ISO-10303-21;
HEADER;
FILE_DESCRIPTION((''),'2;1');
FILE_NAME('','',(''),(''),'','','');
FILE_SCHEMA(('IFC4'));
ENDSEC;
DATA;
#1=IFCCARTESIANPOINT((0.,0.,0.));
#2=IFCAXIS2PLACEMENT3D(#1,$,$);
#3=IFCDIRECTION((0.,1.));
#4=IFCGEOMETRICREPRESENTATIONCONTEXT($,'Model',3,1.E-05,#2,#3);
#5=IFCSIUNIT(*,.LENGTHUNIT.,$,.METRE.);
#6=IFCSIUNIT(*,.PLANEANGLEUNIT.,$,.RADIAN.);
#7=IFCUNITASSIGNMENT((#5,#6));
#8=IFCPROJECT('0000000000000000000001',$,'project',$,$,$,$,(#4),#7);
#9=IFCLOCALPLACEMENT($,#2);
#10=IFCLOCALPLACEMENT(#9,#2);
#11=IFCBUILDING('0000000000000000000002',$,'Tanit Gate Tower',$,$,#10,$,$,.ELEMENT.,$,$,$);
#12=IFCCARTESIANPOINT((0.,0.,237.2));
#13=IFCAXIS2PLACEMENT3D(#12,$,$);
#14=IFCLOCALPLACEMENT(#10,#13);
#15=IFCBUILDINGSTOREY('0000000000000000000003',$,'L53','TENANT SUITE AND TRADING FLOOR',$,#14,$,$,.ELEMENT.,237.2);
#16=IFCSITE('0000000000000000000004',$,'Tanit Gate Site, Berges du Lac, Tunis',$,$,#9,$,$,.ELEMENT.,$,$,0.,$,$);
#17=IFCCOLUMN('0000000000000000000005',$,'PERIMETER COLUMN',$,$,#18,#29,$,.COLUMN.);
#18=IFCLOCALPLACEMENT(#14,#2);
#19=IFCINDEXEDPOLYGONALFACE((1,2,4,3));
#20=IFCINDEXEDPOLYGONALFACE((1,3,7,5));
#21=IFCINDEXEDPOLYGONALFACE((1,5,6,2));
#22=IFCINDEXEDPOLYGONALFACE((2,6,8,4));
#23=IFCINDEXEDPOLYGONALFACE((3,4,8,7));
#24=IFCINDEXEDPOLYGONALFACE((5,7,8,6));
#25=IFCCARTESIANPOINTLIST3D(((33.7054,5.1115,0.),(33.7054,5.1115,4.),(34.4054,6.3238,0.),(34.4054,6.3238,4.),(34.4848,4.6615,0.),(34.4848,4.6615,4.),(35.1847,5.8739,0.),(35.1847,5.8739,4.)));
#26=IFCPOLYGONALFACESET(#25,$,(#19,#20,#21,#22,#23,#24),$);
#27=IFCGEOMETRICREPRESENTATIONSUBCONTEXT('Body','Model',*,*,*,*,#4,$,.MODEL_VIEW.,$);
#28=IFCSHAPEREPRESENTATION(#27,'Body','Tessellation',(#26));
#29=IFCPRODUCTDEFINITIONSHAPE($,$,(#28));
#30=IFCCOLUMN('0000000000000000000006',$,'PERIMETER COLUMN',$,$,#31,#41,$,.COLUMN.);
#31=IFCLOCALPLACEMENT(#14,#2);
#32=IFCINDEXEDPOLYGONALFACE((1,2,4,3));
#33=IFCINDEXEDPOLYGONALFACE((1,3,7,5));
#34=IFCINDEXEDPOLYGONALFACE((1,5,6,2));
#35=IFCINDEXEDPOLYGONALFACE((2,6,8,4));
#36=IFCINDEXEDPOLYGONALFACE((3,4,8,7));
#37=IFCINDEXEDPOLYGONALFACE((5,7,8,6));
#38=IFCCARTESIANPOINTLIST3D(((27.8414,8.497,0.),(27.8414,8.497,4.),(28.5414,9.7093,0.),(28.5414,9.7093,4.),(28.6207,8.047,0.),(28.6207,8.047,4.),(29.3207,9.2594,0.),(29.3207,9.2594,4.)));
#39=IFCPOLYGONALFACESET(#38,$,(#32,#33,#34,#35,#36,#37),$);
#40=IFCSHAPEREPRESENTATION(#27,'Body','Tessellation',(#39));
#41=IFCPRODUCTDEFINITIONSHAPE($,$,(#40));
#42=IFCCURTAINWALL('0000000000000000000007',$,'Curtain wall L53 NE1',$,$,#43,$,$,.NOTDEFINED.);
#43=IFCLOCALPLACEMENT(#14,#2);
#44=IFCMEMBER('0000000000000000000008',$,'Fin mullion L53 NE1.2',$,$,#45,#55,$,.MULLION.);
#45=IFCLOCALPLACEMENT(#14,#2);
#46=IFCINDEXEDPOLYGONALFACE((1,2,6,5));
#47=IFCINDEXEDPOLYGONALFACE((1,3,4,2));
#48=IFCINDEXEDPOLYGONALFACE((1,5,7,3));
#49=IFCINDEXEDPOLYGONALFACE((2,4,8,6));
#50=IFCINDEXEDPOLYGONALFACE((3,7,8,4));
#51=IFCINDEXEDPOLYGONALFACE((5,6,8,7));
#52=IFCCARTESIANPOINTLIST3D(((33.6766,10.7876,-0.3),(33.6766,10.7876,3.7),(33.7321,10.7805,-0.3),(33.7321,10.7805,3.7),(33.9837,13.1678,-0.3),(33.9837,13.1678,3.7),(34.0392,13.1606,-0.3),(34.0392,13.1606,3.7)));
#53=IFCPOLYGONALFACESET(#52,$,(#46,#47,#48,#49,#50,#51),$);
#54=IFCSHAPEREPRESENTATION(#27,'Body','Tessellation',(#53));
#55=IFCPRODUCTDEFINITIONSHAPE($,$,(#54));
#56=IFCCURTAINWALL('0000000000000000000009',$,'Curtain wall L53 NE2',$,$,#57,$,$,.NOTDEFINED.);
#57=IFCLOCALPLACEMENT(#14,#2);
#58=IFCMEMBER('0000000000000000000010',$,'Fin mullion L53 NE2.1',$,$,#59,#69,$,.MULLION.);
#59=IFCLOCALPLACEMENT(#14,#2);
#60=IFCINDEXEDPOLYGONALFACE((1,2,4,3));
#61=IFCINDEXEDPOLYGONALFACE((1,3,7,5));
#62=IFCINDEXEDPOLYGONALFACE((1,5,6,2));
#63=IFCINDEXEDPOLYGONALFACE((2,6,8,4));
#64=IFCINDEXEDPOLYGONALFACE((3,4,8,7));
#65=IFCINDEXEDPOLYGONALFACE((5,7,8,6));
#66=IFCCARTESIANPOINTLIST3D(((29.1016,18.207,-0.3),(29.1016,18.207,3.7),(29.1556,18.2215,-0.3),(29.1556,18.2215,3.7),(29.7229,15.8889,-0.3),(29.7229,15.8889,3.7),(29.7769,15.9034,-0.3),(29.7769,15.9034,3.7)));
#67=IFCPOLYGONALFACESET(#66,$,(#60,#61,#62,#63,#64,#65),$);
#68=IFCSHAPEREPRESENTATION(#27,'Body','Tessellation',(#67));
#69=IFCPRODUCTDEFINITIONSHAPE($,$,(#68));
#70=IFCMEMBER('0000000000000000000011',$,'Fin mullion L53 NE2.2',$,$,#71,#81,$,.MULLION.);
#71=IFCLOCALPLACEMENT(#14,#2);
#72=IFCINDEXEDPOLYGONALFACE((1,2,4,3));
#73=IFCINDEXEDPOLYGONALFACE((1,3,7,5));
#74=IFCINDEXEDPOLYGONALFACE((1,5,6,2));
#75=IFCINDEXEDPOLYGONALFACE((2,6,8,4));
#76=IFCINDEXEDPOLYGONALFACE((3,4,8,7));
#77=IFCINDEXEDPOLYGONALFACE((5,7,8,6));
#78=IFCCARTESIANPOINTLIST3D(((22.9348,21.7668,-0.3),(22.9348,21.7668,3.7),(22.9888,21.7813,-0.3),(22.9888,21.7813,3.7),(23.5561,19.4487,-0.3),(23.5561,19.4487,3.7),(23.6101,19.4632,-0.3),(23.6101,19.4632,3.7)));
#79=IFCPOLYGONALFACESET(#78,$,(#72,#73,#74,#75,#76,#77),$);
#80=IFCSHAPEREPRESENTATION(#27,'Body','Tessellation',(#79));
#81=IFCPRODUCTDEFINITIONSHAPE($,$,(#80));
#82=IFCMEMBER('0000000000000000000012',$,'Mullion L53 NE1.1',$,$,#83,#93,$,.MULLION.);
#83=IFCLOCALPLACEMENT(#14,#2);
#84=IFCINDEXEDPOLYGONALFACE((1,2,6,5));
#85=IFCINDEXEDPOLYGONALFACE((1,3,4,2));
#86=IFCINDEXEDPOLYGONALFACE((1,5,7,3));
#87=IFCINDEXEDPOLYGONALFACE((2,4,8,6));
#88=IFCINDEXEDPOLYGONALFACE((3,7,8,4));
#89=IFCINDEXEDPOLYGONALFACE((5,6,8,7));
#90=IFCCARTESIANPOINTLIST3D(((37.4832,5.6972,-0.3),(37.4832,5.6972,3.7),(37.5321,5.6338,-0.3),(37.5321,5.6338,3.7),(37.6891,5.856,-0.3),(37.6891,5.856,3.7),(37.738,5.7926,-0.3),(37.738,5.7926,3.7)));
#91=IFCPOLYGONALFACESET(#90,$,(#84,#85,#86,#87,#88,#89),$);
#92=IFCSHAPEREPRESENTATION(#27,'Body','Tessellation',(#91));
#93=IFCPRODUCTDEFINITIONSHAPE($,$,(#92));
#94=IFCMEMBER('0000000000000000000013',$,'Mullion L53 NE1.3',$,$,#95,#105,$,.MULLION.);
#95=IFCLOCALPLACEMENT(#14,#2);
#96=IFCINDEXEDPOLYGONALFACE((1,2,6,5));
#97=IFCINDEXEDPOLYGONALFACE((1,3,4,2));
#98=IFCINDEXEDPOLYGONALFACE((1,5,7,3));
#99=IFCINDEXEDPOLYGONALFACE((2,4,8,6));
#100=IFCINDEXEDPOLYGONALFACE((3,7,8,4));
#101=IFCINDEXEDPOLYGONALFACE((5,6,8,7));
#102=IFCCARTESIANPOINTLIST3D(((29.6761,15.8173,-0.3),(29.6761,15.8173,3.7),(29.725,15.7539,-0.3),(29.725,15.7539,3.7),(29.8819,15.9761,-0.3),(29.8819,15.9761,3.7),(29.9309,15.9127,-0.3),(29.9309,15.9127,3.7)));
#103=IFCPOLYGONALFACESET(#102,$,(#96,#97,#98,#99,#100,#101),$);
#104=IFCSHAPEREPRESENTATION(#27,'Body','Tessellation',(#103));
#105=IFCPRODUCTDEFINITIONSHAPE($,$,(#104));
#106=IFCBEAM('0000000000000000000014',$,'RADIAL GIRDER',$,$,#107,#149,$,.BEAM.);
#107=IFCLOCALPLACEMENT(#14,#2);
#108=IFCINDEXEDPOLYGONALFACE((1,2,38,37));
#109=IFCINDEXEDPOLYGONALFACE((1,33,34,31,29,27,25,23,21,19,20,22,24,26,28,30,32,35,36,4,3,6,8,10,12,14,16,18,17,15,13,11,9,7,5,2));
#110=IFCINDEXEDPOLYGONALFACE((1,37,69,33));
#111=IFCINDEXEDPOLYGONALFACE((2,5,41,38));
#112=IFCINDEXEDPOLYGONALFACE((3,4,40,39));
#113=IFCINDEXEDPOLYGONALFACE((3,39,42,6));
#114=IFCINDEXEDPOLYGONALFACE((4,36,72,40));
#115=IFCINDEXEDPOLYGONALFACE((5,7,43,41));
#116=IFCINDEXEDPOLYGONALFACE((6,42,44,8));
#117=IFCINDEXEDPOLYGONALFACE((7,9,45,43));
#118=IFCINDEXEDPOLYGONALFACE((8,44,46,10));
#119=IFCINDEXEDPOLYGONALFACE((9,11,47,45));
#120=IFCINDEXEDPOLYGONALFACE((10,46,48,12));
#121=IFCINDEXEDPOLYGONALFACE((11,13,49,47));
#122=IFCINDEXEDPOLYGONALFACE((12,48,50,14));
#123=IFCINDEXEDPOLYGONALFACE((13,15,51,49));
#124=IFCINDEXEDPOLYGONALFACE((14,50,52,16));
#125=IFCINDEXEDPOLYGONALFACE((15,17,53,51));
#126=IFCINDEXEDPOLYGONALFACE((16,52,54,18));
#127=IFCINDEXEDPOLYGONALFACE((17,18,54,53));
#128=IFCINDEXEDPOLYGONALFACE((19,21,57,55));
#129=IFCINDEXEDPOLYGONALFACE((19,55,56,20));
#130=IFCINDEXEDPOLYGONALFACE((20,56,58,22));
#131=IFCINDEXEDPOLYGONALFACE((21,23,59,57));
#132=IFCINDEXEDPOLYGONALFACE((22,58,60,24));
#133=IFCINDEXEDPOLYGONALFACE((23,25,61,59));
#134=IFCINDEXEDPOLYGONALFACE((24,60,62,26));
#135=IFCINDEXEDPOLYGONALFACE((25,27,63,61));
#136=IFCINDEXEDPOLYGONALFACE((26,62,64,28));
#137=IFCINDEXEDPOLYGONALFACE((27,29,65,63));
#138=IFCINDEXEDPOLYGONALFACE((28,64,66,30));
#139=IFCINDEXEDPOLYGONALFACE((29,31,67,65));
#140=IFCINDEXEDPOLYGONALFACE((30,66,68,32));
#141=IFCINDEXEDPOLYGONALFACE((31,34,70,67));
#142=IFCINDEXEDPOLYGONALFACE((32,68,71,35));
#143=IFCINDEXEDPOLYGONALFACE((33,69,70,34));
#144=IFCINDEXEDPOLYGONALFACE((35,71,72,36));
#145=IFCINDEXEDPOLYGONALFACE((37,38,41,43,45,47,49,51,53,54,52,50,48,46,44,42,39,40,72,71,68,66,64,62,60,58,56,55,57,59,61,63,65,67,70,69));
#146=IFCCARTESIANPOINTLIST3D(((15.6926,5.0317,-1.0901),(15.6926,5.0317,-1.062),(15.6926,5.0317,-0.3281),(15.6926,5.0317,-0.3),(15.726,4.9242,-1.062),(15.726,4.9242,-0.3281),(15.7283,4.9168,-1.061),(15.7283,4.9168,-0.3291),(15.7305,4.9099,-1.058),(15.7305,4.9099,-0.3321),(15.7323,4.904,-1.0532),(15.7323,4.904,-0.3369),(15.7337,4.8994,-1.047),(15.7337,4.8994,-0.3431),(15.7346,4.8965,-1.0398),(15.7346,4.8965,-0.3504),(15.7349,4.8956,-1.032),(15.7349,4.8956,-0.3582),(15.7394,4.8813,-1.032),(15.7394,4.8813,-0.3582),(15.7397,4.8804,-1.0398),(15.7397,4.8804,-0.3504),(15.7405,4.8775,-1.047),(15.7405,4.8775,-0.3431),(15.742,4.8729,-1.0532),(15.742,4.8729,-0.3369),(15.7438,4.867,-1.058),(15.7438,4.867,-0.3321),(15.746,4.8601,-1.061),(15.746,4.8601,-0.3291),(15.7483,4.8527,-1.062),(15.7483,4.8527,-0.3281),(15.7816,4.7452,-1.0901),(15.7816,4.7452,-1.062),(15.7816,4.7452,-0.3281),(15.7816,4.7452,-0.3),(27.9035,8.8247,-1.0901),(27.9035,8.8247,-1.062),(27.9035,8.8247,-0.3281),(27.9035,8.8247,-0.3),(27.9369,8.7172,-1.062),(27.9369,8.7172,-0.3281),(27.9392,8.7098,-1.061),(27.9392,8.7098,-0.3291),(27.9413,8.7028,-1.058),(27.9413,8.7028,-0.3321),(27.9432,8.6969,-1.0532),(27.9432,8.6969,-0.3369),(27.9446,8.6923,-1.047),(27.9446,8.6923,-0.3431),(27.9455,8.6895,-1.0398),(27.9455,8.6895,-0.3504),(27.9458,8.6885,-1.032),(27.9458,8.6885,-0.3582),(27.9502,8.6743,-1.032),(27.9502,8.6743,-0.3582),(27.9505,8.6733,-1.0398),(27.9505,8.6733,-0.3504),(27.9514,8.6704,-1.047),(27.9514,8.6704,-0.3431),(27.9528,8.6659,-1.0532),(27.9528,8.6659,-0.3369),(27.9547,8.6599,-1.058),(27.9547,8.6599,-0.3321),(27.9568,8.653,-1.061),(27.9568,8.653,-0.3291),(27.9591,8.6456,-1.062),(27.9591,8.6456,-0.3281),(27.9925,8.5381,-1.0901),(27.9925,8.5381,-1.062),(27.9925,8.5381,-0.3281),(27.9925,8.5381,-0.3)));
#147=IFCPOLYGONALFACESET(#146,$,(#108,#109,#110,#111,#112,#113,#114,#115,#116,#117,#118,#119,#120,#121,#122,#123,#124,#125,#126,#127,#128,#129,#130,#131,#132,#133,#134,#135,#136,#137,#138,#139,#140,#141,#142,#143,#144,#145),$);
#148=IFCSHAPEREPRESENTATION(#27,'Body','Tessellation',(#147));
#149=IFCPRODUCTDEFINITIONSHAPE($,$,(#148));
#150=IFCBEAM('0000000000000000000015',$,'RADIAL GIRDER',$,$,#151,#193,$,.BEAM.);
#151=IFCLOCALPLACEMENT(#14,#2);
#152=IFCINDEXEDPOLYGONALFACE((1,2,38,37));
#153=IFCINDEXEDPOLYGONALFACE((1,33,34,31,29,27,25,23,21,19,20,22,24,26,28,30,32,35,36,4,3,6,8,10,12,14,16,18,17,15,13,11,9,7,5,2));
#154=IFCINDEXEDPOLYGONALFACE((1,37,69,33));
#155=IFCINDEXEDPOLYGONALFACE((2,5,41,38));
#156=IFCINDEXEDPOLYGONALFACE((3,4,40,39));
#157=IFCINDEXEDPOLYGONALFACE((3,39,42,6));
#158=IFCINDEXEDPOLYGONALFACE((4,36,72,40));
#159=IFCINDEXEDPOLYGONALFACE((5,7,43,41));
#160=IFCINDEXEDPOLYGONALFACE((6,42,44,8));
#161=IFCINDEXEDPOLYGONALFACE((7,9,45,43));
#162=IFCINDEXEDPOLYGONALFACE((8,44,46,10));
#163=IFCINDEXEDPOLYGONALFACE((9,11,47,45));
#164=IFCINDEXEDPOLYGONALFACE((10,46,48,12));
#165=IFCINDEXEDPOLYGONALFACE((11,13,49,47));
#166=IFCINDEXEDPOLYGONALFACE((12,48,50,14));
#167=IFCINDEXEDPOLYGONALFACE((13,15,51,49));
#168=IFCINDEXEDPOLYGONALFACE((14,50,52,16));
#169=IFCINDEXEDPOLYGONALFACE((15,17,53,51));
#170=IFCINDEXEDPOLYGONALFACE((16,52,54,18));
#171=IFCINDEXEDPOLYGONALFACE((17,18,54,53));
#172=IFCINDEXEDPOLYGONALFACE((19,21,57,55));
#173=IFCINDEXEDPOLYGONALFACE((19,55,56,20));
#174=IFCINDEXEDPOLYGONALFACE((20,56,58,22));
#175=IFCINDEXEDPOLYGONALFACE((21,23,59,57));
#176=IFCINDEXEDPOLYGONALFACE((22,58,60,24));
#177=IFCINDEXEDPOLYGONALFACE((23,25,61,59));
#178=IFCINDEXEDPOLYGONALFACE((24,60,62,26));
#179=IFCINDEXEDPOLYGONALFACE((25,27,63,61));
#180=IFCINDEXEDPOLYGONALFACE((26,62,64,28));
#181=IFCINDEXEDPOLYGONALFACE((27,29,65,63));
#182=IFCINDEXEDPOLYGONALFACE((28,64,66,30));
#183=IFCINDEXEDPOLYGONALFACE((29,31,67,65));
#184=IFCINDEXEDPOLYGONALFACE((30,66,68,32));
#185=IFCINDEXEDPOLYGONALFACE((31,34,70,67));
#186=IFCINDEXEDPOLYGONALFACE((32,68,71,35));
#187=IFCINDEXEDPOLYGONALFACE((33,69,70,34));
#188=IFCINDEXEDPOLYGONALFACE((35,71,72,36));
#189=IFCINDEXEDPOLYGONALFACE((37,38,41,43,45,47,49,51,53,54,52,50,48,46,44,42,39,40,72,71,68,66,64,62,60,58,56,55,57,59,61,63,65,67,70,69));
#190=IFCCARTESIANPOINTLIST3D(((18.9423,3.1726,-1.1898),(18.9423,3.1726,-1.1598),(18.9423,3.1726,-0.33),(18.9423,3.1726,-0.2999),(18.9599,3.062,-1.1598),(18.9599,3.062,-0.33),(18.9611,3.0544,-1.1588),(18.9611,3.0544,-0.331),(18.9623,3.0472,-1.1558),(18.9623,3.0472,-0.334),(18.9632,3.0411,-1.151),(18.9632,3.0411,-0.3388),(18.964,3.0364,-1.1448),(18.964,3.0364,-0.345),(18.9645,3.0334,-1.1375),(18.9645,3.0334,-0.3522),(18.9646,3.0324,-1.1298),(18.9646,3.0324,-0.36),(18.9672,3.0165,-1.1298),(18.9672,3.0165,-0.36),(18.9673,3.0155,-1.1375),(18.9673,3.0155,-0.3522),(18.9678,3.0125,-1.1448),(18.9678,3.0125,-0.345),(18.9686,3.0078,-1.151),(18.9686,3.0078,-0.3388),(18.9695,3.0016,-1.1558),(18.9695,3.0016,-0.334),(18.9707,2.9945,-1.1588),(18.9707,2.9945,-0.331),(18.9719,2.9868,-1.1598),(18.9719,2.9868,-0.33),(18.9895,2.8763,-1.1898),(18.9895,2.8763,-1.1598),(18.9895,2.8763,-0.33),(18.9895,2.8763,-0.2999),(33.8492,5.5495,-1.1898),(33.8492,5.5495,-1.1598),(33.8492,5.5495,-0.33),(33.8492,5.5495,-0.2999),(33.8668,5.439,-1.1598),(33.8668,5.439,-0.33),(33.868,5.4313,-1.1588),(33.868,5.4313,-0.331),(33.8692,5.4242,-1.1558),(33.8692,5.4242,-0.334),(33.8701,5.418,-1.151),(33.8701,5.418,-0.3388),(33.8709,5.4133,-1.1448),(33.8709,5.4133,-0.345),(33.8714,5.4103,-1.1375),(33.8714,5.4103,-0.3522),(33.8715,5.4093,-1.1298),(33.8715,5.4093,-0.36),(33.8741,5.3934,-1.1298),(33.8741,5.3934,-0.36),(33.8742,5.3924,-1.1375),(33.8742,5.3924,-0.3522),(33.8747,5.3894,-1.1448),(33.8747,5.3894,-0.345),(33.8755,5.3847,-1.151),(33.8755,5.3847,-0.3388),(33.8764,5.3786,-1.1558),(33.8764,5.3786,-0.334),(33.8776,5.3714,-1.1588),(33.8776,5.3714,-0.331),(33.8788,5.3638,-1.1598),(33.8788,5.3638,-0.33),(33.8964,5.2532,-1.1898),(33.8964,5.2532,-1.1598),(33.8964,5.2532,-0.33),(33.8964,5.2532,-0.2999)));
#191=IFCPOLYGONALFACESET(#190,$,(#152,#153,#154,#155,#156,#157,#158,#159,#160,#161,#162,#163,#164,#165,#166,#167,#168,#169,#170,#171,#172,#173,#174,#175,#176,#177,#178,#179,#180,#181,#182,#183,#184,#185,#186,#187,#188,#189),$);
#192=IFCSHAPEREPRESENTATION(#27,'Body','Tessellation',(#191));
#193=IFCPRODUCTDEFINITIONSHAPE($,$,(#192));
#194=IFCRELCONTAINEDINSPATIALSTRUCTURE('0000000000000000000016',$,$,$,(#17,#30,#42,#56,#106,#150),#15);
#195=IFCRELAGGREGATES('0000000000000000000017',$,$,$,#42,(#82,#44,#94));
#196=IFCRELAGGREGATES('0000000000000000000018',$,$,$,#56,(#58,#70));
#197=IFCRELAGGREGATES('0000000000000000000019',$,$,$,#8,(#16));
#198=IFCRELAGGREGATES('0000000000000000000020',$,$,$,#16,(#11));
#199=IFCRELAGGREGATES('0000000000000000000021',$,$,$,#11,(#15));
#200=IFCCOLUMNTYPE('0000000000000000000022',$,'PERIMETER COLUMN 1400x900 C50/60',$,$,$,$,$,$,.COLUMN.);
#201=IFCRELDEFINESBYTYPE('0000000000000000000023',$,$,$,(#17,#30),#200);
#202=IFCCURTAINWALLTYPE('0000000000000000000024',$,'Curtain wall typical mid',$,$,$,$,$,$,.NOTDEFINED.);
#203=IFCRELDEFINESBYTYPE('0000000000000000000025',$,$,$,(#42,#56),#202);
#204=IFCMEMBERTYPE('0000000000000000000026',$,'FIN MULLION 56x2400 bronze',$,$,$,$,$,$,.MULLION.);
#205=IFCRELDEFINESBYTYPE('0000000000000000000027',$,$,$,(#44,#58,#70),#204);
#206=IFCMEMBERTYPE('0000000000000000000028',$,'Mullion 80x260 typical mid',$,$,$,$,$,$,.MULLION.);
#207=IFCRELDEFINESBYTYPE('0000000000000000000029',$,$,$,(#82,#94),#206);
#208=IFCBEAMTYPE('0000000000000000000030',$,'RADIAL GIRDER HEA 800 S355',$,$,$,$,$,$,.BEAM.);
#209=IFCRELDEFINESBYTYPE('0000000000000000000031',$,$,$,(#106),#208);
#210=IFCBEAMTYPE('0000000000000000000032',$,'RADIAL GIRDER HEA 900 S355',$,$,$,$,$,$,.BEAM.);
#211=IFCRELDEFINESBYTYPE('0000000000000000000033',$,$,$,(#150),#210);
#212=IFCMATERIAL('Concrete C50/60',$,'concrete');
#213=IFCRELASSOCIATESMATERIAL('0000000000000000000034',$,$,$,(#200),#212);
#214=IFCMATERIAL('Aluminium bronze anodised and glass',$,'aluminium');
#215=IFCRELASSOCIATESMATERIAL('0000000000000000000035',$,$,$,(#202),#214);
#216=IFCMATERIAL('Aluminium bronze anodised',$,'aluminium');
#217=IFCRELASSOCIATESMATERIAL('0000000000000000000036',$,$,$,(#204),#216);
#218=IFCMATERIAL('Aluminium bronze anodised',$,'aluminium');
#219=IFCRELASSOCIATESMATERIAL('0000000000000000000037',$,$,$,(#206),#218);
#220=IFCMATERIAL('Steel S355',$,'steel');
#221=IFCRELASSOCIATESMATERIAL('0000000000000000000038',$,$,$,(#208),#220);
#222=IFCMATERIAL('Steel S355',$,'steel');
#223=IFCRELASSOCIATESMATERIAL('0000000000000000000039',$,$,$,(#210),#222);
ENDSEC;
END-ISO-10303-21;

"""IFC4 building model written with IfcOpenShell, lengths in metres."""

from ifc_helpers import new_model, si_unit, direction, frame, origin, origin_2d, place, context, subcontext, project, spatial, rectangle, i_section, extrude, material, material_profile, profile_set, type_object, element, aggregate, save


model = new_model("IFC4")

# Units and contexts
model_context = context("Model", 3, precision=1e-05, world=origin(), true_north=direction((0.0, 1.0)))
body_context = subcontext(model_context, "Body", "Model", "MODEL_VIEW")
ifc_project = project(units=[si_unit("LENGTHUNIT", "METRE"), si_unit("PLANEANGLEUNIT", "RADIAN")], contexts=[model_context])

# Site, building, storey
site_placement = place(None, origin())
site = spatial("IfcSite", under=ifc_project, at=site_placement, Name="Tanit Gate Site, Berges du Lac, Tunis", CompositionType="ELEMENT", RefElevation=0.0)
building_placement = place(site_placement, origin())
building = spatial("IfcBuilding", under=site, at=building_placement, Name="Tanit Gate Tower", CompositionType="ELEMENT")
storey_placement = place(building_placement, frame((0.0, 0.0, 237.2)))
storey = spatial("IfcBuildingStorey", under=building, at=storey_placement, Name="L53", Description="TENANT SUITE AND TRADING FLOOR", CompositionType="ELEMENT", Elevation=237.2)

# Columns
ifc_material_1 = material(Name="Concrete C50/60", Category="concrete")
ifc_material_profile_1 = material_profile(ifc_material_1, rectangle(XDim=1.3999, YDim=0.8999, at=origin_2d()), Name="RC 1400x900")
ifc_profile_set_1 = profile_set([ifc_material_profile_1], Name="Concrete C50/60")
column_type = type_object("IfcColumnType", Name="PERIMETER COLUMN 1400x900 C50/60", PredefinedType="COLUMN", material=ifc_profile_set_1)
for number, where, z_axis, x_axis, name in (
    (1, (34.4451, 5.4927, 0.0), (0.0, 0.0, 1.0), (0.5, 0.866025, 0.0), "PERIMETER COLUMN"),
    (2, (28.5811, 8.8782, 0.0), (0.0, 0.0, 1.0), (0.5, 0.866025, 0.0), "PERIMETER COLUMN"),
):
    element("IfcColumn", number, at=place(storey_placement, frame(where, z_axis=z_axis, x_axis=x_axis)), inside=storey, type_object=column_type, Name=name, PredefinedType="COLUMN", context=body_context, shape_type="SweptSolid", body=[
        extrude(rectangle(XDim=1.3999, YDim=0.8999, at=origin_2d()), origin(), (0.0, 0.0, 1.0), 4.0),
    ])

# Curtain wall, member
ifc_material_2 = material(Name="Aluminium bronze anodised and glass", Category="aluminium")
curtain_wall_type = type_object("IfcCurtainWallType", Name="Curtain wall typical mid", PredefinedType="NOTDEFINED", material=ifc_material_2)
curtain_wall_1_placement = place(storey_placement, origin())
curtain_wall_1 = element("IfcCurtainWall", 3, at=curtain_wall_1_placement, inside=storey, type_object=curtain_wall_type, Name="Curtain wall L53 NE1", PredefinedType="NOTDEFINED")
ifc_material_3 = material(Name="Aluminium bronze anodised", Category="aluminium")
ifc_material_profile_2 = material_profile(ifc_material_3, rectangle(XDim=2.3999, YDim=0.0559, at=origin_2d()), Name="56x2400 bronze fin mullion")
ifc_profile_set_2 = profile_set([ifc_material_profile_2], Name="Aluminium bronze anodised")
member_type_1 = type_object("IfcMemberType", Name="FIN MULLION 56x2400 bronze", PredefinedType="MULLION", material=ifc_profile_set_2)
member_1_placement = place(storey_placement, frame((33.8579, 11.9741, -0.3), z_axis=(0.0, 0.0, 1.0), x_axis=(-0.127959, -0.991779, 0.0)))
member_1 = element("IfcMember", 4, at=member_1_placement, type_object=member_type_1, Name="Fin mullion L53 NE1.2", PredefinedType="MULLION", context=body_context, shape_type="SweptSolid", body=[
    extrude(rectangle(XDim=2.3999, YDim=0.0559, at=origin_2d()), origin(), (0.0, 0.0, 1.0), 4.0),
])

# Curtain wall, members
curtain_wall_2_placement = place(storey_placement, origin())
curtain_wall_2 = element("IfcCurtainWall", 5, at=curtain_wall_2_placement, inside=storey, type_object=curtain_wall_type, Name="Curtain wall L53 NE2", PredefinedType="NOTDEFINED")
member_2_placement = place(storey_placement, frame((29.4392, 17.0552, -0.3), z_axis=(0.0, 0.0, 1.0), x_axis=(0.258886, -0.965908, 0.0)))
member_2 = element("IfcMember", 6, at=member_2_placement, type_object=member_type_1, Name="Fin mullion L53 NE2.1", PredefinedType="MULLION", context=body_context, shape_type="SweptSolid", body=[
    extrude(rectangle(XDim=2.3999, YDim=0.0559, at=origin_2d()), origin(), (0.0, 0.0, 1.0), 4.0),
])
member_3_placement = place(storey_placement, frame((23.2725, 20.615, -0.3), z_axis=(0.0, 0.0, 1.0), x_axis=(0.258886, -0.965908, 0.0)))
member_3 = element("IfcMember", 7, at=member_3_placement, type_object=member_type_1, Name="Fin mullion L53 NE2.2", PredefinedType="MULLION", context=body_context, shape_type="SweptSolid", body=[
    extrude(rectangle(XDim=2.3999, YDim=0.0559, at=origin_2d()), origin(), (0.0, 0.0, 1.0), 4.0),
])

# Members
ifc_material_4 = material(Name="Aluminium bronze anodised", Category="aluminium")
ifc_material_profile_3 = material_profile(ifc_material_4, rectangle(XDim=0.26, YDim=0.0801, at=origin_2d()), Name="80x260 bronze mullion")
ifc_profile_set_3 = profile_set([ifc_material_profile_3], Name="Aluminium bronze anodised")
member_type_2 = type_object("IfcMemberType", Name="Mullion 80x260 typical mid", PredefinedType="MULLION", material=ifc_profile_set_3)
member_4_placement = place(storey_placement, frame((37.6106, 5.7449, -0.3), z_axis=(0.0, 0.0, 1.0), x_axis=(-0.791775, -0.610813, 0.0)))
member_4 = element("IfcMember", 8, at=member_4_placement, type_object=member_type_2, Name="Mullion L53 NE1.1", PredefinedType="MULLION", context=body_context, shape_type="SweptSolid", body=[
    extrude(rectangle(XDim=0.26, YDim=0.0801, at=origin_2d()), origin(), (0.0, 0.0, 1.0), 4.0),
])
member_5_placement = place(storey_placement, frame((29.8035, 15.865, -0.3), z_axis=(0.0, 0.0, 1.0), x_axis=(-0.791775, -0.610813, 0.0)))
member_5 = element("IfcMember", 9, at=member_5_placement, type_object=member_type_2, Name="Mullion L53 NE1.3", PredefinedType="MULLION", context=body_context, shape_type="SweptSolid", body=[
    extrude(rectangle(XDim=0.26, YDim=0.0801, at=origin_2d()), origin(), (0.0, 0.0, 1.0), 4.0),
])

# Beams
ifc_material_5 = material(Name="Steel S355", Category="steel")
ifc_material_profile_4 = material_profile(ifc_material_5, i_section(OverallWidth=0.3, OverallDepth=0.79, WebThickness=0.0149, FlangeThickness=0.0281, FilletRadius=0.03, at=origin_2d()), Name="HEA 800")
ifc_profile_set_4 = profile_set([ifc_material_profile_4], Name="Steel S355")
beam_type_1 = type_object("IfcBeamType", Name="RADIAL GIRDER HEA 800 S355", PredefinedType="BEAM", material=ifc_profile_set_4)
beam_1_placement = place(storey_placement, frame((27.948, 8.6814, -0.6951), z_axis=(-0.95499, -0.296639, 0.0), x_axis=(0.296639, -0.95499, 0.0)))
element("IfcBeam", 10, at=beam_1_placement, inside=storey, type_object=beam_type_1, Name="RADIAL GIRDER", PredefinedType="BEAM", context=body_context, shape_type="SweptSolid", body=[
    extrude(i_section(OverallWidth=0.3, OverallDepth=0.79, WebThickness=0.0149, FlangeThickness=0.0281, FilletRadius=0.03, at=origin_2d()), origin(), (0.0, 0.0, 1.0), 12.7864),
])
ifc_material_6 = material(Name="Steel S355", Category="steel")
ifc_material_profile_5 = material_profile(ifc_material_6, i_section(OverallWidth=0.3, OverallDepth=0.8899, WebThickness=0.0161, FlangeThickness=0.03, FilletRadius=0.03, at=origin_2d()), Name="HEA 900")
ifc_profile_set_5 = profile_set([ifc_material_profile_5], Name="Steel S355")
beam_type_2 = type_object("IfcBeamType", Name="RADIAL GIRDER HEA 900 S355", PredefinedType="BEAM", material=ifc_profile_set_5)
beam_2_placement = place(storey_placement, frame((33.8728, 5.4014, -0.7449), z_axis=(-0.987525, -0.157463, 0.0), x_axis=(0.157463, -0.987525, 0.0)))
element("IfcBeam", 11, at=beam_2_placement, inside=storey, type_object=beam_type_2, Name="RADIAL GIRDER", PredefinedType="BEAM", context=body_context, shape_type="SweptSolid", body=[
    extrude(i_section(OverallWidth=0.3, OverallDepth=0.8899, WebThickness=0.0161, FlangeThickness=0.03, FilletRadius=0.03, at=origin_2d()), origin(), (0.0, 0.0, 1.0), 15.0952),
])

aggregate(curtain_wall_1, [member_4, member_1, member_5])
aggregate(curtain_wall_2, [member_2, member_3])

save(model, "model.ifc")
